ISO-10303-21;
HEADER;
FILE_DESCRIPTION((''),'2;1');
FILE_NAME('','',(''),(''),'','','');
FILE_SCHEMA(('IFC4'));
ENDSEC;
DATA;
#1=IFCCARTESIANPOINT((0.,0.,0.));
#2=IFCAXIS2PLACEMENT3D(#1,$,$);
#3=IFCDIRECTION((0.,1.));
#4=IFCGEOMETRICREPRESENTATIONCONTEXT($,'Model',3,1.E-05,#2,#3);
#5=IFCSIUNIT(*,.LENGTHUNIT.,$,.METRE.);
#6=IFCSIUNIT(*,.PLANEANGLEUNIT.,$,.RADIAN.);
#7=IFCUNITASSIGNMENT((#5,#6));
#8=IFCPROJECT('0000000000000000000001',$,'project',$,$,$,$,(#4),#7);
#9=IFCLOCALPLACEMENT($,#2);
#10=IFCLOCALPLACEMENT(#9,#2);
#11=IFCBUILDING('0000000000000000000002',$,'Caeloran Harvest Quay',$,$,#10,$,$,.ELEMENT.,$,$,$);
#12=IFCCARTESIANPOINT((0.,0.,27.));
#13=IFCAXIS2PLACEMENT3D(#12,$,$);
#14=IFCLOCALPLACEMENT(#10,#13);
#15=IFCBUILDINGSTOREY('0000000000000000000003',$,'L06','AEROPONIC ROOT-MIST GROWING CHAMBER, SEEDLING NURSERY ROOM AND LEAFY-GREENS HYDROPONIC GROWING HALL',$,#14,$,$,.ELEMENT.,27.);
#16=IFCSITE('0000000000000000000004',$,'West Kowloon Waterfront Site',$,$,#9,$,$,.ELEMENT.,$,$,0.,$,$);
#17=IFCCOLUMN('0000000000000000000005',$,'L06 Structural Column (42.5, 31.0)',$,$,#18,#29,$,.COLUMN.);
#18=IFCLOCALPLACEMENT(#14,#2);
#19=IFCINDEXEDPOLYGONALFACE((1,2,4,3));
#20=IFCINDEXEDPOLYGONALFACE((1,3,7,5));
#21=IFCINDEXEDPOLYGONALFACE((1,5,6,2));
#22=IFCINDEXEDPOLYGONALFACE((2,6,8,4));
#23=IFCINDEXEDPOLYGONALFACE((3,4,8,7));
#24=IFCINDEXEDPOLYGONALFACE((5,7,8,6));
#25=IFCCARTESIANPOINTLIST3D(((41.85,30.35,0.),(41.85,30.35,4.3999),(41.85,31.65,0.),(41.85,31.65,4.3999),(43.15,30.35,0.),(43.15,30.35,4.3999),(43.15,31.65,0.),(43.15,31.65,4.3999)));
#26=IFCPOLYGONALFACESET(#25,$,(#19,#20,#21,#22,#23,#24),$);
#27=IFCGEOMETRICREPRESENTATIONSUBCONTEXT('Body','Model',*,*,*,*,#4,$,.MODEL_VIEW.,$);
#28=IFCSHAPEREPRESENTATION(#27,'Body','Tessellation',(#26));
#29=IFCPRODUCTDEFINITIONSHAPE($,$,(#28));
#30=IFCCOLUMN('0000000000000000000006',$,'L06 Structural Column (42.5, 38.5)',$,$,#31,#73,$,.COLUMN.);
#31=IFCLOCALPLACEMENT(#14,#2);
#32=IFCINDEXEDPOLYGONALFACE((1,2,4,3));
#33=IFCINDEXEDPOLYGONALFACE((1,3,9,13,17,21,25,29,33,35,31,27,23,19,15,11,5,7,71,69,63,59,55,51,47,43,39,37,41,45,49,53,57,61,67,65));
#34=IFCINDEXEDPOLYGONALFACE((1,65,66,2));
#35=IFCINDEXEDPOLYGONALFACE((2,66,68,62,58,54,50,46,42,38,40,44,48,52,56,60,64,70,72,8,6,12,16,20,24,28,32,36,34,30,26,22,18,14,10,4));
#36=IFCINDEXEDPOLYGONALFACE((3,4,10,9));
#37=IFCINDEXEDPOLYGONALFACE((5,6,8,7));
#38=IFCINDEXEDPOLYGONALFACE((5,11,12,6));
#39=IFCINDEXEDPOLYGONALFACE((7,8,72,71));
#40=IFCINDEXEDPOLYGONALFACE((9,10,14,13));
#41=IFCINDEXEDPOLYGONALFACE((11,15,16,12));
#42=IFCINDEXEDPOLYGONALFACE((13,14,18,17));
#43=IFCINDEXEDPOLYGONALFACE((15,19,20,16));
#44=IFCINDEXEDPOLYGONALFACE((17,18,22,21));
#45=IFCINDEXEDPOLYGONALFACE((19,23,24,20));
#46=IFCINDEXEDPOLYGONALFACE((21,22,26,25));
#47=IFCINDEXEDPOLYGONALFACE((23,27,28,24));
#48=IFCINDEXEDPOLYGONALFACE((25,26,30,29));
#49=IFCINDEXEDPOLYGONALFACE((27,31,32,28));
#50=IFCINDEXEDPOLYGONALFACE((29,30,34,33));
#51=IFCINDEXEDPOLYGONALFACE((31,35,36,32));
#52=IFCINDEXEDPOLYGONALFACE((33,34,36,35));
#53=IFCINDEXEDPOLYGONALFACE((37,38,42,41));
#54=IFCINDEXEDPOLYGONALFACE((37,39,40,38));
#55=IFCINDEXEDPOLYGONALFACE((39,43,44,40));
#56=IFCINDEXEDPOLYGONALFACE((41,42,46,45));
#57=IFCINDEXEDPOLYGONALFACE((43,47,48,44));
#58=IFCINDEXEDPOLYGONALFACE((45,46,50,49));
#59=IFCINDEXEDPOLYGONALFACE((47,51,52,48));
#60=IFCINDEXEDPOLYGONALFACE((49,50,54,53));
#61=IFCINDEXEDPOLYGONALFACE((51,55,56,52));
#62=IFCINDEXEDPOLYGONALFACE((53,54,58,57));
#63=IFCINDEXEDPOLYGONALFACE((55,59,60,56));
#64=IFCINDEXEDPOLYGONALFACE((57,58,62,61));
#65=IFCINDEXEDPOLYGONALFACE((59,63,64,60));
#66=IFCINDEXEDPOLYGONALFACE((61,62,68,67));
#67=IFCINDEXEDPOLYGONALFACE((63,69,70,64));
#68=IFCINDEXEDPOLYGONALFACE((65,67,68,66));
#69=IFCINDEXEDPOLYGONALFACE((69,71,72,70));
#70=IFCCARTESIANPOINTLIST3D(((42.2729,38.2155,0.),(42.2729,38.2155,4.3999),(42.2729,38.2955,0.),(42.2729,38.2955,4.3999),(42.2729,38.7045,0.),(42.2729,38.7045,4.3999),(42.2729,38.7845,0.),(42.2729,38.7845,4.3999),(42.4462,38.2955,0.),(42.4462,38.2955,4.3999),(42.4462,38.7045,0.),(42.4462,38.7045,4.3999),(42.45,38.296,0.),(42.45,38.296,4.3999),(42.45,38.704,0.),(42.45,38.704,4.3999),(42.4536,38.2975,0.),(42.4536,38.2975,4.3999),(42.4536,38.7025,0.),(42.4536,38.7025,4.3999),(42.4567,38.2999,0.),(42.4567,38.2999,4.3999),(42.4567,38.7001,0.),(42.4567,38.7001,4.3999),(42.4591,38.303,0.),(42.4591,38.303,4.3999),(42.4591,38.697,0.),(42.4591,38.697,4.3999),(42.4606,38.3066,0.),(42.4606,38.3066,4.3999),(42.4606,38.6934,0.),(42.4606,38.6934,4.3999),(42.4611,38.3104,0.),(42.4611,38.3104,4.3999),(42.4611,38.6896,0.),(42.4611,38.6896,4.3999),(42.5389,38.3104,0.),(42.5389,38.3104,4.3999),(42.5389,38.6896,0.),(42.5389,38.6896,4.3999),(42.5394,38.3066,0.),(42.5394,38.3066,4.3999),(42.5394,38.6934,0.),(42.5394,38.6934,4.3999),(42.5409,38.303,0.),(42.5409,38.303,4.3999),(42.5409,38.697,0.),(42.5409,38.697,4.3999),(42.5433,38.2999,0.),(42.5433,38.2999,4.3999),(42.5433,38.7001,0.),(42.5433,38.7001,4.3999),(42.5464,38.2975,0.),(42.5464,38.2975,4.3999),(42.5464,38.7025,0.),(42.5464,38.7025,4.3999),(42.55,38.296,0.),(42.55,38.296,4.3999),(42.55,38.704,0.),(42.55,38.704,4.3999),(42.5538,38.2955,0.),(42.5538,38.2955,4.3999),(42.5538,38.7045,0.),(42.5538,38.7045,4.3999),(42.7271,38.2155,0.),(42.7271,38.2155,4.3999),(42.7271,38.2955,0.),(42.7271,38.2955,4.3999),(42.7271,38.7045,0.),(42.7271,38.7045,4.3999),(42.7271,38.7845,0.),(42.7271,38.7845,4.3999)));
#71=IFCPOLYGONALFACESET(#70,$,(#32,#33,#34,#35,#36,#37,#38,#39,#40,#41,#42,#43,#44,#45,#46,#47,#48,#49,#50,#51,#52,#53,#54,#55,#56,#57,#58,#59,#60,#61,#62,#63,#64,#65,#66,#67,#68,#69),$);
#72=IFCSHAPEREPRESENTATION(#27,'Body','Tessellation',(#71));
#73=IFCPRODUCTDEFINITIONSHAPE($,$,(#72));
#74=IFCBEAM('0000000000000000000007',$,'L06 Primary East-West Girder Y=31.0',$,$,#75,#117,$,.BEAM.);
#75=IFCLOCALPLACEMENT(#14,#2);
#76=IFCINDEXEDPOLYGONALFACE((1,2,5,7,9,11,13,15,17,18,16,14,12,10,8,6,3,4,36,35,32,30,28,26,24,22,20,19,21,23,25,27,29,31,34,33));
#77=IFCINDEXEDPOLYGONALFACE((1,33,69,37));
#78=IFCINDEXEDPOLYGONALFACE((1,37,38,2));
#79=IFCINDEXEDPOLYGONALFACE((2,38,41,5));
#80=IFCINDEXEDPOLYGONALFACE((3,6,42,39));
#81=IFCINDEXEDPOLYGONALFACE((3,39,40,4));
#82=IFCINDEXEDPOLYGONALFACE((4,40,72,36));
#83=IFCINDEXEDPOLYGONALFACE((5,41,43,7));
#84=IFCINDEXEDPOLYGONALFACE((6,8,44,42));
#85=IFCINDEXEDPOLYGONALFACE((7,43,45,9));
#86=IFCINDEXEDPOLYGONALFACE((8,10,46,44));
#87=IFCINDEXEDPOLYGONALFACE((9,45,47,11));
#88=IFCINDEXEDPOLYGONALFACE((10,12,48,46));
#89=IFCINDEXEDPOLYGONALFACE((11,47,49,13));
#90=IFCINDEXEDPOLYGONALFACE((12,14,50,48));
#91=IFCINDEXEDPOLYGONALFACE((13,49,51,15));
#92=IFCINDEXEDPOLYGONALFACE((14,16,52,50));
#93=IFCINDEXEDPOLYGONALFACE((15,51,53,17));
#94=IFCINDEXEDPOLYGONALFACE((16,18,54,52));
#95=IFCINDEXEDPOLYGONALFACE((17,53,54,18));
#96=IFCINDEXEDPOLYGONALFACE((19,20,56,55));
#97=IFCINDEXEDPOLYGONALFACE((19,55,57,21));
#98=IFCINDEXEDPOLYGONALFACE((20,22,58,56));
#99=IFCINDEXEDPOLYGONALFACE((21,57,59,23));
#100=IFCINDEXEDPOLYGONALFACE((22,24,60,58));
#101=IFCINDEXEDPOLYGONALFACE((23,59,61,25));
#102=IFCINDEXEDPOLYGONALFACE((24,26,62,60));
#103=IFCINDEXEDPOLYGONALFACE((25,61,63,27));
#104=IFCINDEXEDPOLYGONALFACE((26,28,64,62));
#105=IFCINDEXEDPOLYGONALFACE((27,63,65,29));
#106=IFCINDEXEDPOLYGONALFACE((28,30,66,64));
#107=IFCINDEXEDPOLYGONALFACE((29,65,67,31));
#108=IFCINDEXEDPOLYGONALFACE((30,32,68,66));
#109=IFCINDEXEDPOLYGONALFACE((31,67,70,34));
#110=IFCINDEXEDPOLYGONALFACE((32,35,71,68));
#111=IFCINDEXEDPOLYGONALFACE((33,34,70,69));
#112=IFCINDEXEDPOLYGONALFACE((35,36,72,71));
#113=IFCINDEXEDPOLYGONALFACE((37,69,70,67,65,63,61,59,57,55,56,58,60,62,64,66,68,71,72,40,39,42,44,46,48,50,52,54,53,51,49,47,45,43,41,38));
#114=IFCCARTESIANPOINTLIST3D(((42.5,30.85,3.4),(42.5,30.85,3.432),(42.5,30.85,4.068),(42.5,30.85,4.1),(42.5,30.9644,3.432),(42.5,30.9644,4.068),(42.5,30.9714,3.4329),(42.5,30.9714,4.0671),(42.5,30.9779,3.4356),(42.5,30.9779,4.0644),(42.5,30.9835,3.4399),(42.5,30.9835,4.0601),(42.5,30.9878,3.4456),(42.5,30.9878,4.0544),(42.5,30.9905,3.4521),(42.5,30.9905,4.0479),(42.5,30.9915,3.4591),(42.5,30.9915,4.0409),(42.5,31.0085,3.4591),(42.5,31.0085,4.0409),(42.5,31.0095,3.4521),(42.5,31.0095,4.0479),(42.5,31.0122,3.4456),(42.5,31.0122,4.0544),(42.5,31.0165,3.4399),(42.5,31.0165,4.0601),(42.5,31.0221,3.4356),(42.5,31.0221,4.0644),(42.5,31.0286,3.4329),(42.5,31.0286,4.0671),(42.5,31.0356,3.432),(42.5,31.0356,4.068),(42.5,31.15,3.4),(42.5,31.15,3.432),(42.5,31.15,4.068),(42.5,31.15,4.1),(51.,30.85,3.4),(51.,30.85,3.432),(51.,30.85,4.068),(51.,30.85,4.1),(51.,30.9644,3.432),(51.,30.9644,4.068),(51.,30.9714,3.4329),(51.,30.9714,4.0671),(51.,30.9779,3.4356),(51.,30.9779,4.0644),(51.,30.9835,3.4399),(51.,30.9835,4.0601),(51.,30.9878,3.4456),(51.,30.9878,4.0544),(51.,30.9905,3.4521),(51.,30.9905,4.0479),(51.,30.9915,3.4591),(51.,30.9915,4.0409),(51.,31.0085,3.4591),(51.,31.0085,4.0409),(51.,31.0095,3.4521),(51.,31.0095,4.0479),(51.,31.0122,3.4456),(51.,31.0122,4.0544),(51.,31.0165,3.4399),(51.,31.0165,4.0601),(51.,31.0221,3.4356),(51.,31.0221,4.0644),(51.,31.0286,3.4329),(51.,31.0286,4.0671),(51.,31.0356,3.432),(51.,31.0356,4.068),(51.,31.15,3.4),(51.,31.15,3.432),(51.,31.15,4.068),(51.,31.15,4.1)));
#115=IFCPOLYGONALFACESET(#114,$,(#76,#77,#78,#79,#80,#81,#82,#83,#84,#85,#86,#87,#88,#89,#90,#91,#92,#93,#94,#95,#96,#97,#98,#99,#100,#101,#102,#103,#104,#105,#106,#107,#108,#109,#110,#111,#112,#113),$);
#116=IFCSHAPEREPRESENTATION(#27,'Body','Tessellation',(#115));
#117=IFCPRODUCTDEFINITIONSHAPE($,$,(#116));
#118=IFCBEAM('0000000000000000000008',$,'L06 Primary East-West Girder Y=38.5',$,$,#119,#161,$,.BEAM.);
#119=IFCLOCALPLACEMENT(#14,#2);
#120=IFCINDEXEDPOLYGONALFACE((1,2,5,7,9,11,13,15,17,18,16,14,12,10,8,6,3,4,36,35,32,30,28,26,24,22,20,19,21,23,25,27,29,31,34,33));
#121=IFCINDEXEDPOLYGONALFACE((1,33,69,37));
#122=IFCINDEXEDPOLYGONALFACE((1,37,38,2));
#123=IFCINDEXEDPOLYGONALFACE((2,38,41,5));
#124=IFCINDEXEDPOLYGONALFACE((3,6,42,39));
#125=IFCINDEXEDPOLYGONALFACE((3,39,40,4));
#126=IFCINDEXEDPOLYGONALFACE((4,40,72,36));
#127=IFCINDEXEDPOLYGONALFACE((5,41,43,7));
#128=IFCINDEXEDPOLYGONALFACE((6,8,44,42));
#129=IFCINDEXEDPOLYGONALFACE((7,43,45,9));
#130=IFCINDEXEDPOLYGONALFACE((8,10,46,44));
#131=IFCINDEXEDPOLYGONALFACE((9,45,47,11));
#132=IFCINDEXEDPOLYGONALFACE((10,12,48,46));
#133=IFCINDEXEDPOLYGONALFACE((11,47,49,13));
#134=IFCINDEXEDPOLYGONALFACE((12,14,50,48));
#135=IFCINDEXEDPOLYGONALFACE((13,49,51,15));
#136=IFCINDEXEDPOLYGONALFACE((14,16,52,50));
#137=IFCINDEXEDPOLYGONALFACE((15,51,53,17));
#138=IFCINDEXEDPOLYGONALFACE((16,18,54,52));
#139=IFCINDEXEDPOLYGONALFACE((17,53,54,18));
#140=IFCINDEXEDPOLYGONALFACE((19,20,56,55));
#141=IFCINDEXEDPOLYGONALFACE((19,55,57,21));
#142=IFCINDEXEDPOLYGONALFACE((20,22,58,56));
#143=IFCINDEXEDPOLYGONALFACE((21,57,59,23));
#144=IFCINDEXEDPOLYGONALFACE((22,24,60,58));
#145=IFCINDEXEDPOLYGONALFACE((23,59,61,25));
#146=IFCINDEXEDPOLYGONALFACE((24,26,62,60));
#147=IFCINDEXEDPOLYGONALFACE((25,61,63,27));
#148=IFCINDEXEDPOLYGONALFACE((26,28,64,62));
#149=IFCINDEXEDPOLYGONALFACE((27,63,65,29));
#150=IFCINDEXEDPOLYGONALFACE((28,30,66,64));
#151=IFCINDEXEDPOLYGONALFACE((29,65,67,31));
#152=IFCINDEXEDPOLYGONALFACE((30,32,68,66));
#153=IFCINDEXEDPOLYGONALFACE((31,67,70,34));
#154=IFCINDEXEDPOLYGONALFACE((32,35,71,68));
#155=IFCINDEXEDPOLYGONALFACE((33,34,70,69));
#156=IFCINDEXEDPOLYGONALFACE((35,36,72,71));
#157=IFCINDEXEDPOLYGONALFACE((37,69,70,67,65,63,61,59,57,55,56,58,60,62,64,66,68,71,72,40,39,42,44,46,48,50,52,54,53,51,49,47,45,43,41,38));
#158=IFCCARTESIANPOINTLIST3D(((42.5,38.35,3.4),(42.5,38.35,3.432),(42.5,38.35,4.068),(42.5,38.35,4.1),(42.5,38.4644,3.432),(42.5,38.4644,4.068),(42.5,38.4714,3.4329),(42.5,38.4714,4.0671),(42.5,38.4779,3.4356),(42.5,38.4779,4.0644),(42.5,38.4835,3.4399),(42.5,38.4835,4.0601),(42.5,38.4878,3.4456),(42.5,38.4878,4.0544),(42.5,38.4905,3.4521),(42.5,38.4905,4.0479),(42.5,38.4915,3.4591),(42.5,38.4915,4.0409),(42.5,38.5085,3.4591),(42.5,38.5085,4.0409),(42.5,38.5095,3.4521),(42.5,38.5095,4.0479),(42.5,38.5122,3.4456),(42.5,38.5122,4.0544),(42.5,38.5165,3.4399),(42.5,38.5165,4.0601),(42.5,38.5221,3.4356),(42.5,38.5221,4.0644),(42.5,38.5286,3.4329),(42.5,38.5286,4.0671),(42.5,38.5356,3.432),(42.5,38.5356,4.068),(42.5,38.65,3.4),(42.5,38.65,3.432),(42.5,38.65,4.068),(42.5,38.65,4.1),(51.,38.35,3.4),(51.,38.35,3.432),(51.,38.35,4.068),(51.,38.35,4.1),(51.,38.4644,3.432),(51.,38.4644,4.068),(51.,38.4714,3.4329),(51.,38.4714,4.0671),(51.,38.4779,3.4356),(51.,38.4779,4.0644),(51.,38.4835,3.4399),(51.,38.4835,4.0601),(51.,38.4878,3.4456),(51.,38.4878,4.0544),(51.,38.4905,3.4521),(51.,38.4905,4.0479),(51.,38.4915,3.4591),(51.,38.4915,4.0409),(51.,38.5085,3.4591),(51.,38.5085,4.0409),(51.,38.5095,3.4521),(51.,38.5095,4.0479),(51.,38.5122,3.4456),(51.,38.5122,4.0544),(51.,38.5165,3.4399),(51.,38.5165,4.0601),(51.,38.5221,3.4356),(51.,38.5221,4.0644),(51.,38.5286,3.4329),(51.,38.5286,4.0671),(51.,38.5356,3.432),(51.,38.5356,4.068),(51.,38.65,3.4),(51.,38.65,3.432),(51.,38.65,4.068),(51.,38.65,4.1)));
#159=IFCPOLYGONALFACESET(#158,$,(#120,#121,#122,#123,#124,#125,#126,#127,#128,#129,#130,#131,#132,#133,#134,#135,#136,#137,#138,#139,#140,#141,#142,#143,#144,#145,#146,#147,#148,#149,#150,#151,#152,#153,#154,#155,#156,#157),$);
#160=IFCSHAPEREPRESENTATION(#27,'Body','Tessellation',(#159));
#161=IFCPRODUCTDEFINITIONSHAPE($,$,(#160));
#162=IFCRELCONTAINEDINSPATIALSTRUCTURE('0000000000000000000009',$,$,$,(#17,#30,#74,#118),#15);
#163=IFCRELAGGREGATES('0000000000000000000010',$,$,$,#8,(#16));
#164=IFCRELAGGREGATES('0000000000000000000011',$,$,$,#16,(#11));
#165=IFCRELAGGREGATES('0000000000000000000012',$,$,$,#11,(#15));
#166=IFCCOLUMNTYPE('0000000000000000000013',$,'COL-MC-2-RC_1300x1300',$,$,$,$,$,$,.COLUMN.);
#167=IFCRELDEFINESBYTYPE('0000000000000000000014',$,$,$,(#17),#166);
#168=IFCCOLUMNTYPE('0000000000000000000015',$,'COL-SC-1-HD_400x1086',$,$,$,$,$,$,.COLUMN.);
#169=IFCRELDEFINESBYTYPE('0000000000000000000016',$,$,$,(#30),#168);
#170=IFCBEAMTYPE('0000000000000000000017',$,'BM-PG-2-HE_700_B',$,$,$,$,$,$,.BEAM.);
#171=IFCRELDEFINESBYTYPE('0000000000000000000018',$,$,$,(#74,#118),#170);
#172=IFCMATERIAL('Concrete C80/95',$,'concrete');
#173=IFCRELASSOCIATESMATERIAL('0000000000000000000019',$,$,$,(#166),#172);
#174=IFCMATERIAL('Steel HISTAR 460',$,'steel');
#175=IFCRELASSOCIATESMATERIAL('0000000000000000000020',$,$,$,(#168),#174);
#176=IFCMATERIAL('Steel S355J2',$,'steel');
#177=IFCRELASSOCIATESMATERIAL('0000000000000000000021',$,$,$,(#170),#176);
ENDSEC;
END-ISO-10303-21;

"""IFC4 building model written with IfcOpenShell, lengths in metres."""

from ifc_helpers import new_model, si_unit, direction, frame, origin, origin_2d, place, context, subcontext, project, spatial, rectangle, i_section, extrude, material, material_profile, profile_set, type_object, element, save


model = new_model("IFC4")

# Units and contexts
model_context = context("Model", 3, precision=1e-05, world=origin(), true_north=direction((0.0, 1.0)))
body_context = subcontext(model_context, "Body", "Model", "MODEL_VIEW")
ifc_project = project(units=[si_unit("LENGTHUNIT", "METRE"), si_unit("PLANEANGLEUNIT", "RADIAN")], contexts=[model_context])

# Site, building, storey
site_placement = place(None, origin())
site = spatial("IfcSite", under=ifc_project, at=site_placement, Name="West Kowloon Waterfront Site", CompositionType="ELEMENT", RefElevation=0.0)
building_placement = place(site_placement, origin())
building = spatial("IfcBuilding", under=site, at=building_placement, Name="Caeloran Harvest Quay", CompositionType="ELEMENT")
storey_placement = place(building_placement, frame((0.0, 0.0, 27.0)))
storey = spatial("IfcBuildingStorey", under=building, at=storey_placement, Name="L06", Description="AEROPONIC ROOT-MIST GROWING CHAMBER, SEEDLING NURSERY ROOM AND LEAFY-GREENS HYDROPONIC GROWING HALL", CompositionType="ELEMENT", Elevation=27.0)

# Columns
ifc_material_1 = material(Name="Concrete C80/95", Category="concrete")
ifc_material_profile_1 = material_profile(ifc_material_1, rectangle(XDim=1.3, YDim=1.3, at=origin_2d()), Name="RC 1300x1300")
ifc_profile_set_1 = profile_set([ifc_material_profile_1], Name="Concrete C80/95")
column_type_1 = type_object("IfcColumnType", Name="COL-MC-2-RC_1300x1300", PredefinedType="COLUMN", material=ifc_profile_set_1)
column_1_placement = place(storey_placement, frame((42.5, 31.0, 0.0), z_axis=(0.0, 0.0, 1.0), x_axis=(1.0, 0.0, 0.0)))
element("IfcColumn", 1, at=column_1_placement, inside=storey, type_object=column_type_1, Name="L06 Structural Column (42.5, 31.0)", PredefinedType="COLUMN", context=body_context, shape_type="SweptSolid", body=[
    extrude(rectangle(XDim=1.3, YDim=1.3, at=origin_2d()), origin(), (0.0, 0.0, 1.0), 4.3999),
])
ifc_material_2 = material(Name="Steel HISTAR 460", Category="steel")
ifc_material_profile_2 = material_profile(ifc_material_2, i_section(OverallWidth=0.4541, OverallDepth=0.5691, WebThickness=0.0779, FlangeThickness=0.0801, FilletRadius=0.0149, at=origin_2d()), Name="HD 400x1086")
ifc_profile_set_2 = profile_set([ifc_material_profile_2], Name="Steel HISTAR 460")
column_type_2 = type_object("IfcColumnType", Name="COL-SC-1-HD_400x1086", PredefinedType="COLUMN", material=ifc_profile_set_2)
column_2_placement = place(storey_placement, frame((42.5, 38.5, 0.0), z_axis=(0.0, 0.0, 1.0), x_axis=(1.0, 0.0, 0.0)))
element("IfcColumn", 2, at=column_2_placement, inside=storey, type_object=column_type_2, Name="L06 Structural Column (42.5, 38.5)", PredefinedType="COLUMN", context=body_context, shape_type="SweptSolid", body=[
    extrude(i_section(OverallWidth=0.4541, OverallDepth=0.5691, WebThickness=0.0779, FlangeThickness=0.0801, FilletRadius=0.0149, at=origin_2d()), origin(), (0.0, 0.0, 1.0), 4.3999),
])

# Beams
ifc_material_3 = material(Name="Steel S355J2", Category="steel")
ifc_material_profile_3 = material_profile(ifc_material_3, i_section(OverallWidth=0.3, OverallDepth=0.7, WebThickness=0.0171, FlangeThickness=0.032, FilletRadius=0.0271, at=origin_2d()), Name="HE 700 B")
ifc_profile_set_3 = profile_set([ifc_material_profile_3], Name="Steel S355J2")
beam_type_1 = type_object("IfcBeamType", Name="BM-PG-2-HE_700_B", PredefinedType="BEAM", material=ifc_profile_set_3)
for number, where, z_axis, x_axis, name in (
    (3, (42.5, 31.0, 3.75), (1.0, 0.0, 0.0), (0.0, 1.0, 0.0), "L06 Primary East-West Girder Y=31.0"),
    (4, (42.5, 38.5, 3.75), (1.0, 0.0, 0.0), (0.0, 1.0, 0.0), "L06 Primary East-West Girder Y=38.5"),
):
    element("IfcBeam", number, at=place(storey_placement, frame(where, z_axis=z_axis, x_axis=x_axis)), inside=storey, type_object=beam_type_1, Name=name, PredefinedType="BEAM", context=body_context, shape_type="SweptSolid", body=[
        extrude(i_section(OverallWidth=0.3, OverallDepth=0.7, WebThickness=0.0171, FlangeThickness=0.032, FilletRadius=0.0271, at=origin_2d()), origin(), (0.0, 0.0, 1.0), 8.5),
    ])

save(model, "model.ifc")
